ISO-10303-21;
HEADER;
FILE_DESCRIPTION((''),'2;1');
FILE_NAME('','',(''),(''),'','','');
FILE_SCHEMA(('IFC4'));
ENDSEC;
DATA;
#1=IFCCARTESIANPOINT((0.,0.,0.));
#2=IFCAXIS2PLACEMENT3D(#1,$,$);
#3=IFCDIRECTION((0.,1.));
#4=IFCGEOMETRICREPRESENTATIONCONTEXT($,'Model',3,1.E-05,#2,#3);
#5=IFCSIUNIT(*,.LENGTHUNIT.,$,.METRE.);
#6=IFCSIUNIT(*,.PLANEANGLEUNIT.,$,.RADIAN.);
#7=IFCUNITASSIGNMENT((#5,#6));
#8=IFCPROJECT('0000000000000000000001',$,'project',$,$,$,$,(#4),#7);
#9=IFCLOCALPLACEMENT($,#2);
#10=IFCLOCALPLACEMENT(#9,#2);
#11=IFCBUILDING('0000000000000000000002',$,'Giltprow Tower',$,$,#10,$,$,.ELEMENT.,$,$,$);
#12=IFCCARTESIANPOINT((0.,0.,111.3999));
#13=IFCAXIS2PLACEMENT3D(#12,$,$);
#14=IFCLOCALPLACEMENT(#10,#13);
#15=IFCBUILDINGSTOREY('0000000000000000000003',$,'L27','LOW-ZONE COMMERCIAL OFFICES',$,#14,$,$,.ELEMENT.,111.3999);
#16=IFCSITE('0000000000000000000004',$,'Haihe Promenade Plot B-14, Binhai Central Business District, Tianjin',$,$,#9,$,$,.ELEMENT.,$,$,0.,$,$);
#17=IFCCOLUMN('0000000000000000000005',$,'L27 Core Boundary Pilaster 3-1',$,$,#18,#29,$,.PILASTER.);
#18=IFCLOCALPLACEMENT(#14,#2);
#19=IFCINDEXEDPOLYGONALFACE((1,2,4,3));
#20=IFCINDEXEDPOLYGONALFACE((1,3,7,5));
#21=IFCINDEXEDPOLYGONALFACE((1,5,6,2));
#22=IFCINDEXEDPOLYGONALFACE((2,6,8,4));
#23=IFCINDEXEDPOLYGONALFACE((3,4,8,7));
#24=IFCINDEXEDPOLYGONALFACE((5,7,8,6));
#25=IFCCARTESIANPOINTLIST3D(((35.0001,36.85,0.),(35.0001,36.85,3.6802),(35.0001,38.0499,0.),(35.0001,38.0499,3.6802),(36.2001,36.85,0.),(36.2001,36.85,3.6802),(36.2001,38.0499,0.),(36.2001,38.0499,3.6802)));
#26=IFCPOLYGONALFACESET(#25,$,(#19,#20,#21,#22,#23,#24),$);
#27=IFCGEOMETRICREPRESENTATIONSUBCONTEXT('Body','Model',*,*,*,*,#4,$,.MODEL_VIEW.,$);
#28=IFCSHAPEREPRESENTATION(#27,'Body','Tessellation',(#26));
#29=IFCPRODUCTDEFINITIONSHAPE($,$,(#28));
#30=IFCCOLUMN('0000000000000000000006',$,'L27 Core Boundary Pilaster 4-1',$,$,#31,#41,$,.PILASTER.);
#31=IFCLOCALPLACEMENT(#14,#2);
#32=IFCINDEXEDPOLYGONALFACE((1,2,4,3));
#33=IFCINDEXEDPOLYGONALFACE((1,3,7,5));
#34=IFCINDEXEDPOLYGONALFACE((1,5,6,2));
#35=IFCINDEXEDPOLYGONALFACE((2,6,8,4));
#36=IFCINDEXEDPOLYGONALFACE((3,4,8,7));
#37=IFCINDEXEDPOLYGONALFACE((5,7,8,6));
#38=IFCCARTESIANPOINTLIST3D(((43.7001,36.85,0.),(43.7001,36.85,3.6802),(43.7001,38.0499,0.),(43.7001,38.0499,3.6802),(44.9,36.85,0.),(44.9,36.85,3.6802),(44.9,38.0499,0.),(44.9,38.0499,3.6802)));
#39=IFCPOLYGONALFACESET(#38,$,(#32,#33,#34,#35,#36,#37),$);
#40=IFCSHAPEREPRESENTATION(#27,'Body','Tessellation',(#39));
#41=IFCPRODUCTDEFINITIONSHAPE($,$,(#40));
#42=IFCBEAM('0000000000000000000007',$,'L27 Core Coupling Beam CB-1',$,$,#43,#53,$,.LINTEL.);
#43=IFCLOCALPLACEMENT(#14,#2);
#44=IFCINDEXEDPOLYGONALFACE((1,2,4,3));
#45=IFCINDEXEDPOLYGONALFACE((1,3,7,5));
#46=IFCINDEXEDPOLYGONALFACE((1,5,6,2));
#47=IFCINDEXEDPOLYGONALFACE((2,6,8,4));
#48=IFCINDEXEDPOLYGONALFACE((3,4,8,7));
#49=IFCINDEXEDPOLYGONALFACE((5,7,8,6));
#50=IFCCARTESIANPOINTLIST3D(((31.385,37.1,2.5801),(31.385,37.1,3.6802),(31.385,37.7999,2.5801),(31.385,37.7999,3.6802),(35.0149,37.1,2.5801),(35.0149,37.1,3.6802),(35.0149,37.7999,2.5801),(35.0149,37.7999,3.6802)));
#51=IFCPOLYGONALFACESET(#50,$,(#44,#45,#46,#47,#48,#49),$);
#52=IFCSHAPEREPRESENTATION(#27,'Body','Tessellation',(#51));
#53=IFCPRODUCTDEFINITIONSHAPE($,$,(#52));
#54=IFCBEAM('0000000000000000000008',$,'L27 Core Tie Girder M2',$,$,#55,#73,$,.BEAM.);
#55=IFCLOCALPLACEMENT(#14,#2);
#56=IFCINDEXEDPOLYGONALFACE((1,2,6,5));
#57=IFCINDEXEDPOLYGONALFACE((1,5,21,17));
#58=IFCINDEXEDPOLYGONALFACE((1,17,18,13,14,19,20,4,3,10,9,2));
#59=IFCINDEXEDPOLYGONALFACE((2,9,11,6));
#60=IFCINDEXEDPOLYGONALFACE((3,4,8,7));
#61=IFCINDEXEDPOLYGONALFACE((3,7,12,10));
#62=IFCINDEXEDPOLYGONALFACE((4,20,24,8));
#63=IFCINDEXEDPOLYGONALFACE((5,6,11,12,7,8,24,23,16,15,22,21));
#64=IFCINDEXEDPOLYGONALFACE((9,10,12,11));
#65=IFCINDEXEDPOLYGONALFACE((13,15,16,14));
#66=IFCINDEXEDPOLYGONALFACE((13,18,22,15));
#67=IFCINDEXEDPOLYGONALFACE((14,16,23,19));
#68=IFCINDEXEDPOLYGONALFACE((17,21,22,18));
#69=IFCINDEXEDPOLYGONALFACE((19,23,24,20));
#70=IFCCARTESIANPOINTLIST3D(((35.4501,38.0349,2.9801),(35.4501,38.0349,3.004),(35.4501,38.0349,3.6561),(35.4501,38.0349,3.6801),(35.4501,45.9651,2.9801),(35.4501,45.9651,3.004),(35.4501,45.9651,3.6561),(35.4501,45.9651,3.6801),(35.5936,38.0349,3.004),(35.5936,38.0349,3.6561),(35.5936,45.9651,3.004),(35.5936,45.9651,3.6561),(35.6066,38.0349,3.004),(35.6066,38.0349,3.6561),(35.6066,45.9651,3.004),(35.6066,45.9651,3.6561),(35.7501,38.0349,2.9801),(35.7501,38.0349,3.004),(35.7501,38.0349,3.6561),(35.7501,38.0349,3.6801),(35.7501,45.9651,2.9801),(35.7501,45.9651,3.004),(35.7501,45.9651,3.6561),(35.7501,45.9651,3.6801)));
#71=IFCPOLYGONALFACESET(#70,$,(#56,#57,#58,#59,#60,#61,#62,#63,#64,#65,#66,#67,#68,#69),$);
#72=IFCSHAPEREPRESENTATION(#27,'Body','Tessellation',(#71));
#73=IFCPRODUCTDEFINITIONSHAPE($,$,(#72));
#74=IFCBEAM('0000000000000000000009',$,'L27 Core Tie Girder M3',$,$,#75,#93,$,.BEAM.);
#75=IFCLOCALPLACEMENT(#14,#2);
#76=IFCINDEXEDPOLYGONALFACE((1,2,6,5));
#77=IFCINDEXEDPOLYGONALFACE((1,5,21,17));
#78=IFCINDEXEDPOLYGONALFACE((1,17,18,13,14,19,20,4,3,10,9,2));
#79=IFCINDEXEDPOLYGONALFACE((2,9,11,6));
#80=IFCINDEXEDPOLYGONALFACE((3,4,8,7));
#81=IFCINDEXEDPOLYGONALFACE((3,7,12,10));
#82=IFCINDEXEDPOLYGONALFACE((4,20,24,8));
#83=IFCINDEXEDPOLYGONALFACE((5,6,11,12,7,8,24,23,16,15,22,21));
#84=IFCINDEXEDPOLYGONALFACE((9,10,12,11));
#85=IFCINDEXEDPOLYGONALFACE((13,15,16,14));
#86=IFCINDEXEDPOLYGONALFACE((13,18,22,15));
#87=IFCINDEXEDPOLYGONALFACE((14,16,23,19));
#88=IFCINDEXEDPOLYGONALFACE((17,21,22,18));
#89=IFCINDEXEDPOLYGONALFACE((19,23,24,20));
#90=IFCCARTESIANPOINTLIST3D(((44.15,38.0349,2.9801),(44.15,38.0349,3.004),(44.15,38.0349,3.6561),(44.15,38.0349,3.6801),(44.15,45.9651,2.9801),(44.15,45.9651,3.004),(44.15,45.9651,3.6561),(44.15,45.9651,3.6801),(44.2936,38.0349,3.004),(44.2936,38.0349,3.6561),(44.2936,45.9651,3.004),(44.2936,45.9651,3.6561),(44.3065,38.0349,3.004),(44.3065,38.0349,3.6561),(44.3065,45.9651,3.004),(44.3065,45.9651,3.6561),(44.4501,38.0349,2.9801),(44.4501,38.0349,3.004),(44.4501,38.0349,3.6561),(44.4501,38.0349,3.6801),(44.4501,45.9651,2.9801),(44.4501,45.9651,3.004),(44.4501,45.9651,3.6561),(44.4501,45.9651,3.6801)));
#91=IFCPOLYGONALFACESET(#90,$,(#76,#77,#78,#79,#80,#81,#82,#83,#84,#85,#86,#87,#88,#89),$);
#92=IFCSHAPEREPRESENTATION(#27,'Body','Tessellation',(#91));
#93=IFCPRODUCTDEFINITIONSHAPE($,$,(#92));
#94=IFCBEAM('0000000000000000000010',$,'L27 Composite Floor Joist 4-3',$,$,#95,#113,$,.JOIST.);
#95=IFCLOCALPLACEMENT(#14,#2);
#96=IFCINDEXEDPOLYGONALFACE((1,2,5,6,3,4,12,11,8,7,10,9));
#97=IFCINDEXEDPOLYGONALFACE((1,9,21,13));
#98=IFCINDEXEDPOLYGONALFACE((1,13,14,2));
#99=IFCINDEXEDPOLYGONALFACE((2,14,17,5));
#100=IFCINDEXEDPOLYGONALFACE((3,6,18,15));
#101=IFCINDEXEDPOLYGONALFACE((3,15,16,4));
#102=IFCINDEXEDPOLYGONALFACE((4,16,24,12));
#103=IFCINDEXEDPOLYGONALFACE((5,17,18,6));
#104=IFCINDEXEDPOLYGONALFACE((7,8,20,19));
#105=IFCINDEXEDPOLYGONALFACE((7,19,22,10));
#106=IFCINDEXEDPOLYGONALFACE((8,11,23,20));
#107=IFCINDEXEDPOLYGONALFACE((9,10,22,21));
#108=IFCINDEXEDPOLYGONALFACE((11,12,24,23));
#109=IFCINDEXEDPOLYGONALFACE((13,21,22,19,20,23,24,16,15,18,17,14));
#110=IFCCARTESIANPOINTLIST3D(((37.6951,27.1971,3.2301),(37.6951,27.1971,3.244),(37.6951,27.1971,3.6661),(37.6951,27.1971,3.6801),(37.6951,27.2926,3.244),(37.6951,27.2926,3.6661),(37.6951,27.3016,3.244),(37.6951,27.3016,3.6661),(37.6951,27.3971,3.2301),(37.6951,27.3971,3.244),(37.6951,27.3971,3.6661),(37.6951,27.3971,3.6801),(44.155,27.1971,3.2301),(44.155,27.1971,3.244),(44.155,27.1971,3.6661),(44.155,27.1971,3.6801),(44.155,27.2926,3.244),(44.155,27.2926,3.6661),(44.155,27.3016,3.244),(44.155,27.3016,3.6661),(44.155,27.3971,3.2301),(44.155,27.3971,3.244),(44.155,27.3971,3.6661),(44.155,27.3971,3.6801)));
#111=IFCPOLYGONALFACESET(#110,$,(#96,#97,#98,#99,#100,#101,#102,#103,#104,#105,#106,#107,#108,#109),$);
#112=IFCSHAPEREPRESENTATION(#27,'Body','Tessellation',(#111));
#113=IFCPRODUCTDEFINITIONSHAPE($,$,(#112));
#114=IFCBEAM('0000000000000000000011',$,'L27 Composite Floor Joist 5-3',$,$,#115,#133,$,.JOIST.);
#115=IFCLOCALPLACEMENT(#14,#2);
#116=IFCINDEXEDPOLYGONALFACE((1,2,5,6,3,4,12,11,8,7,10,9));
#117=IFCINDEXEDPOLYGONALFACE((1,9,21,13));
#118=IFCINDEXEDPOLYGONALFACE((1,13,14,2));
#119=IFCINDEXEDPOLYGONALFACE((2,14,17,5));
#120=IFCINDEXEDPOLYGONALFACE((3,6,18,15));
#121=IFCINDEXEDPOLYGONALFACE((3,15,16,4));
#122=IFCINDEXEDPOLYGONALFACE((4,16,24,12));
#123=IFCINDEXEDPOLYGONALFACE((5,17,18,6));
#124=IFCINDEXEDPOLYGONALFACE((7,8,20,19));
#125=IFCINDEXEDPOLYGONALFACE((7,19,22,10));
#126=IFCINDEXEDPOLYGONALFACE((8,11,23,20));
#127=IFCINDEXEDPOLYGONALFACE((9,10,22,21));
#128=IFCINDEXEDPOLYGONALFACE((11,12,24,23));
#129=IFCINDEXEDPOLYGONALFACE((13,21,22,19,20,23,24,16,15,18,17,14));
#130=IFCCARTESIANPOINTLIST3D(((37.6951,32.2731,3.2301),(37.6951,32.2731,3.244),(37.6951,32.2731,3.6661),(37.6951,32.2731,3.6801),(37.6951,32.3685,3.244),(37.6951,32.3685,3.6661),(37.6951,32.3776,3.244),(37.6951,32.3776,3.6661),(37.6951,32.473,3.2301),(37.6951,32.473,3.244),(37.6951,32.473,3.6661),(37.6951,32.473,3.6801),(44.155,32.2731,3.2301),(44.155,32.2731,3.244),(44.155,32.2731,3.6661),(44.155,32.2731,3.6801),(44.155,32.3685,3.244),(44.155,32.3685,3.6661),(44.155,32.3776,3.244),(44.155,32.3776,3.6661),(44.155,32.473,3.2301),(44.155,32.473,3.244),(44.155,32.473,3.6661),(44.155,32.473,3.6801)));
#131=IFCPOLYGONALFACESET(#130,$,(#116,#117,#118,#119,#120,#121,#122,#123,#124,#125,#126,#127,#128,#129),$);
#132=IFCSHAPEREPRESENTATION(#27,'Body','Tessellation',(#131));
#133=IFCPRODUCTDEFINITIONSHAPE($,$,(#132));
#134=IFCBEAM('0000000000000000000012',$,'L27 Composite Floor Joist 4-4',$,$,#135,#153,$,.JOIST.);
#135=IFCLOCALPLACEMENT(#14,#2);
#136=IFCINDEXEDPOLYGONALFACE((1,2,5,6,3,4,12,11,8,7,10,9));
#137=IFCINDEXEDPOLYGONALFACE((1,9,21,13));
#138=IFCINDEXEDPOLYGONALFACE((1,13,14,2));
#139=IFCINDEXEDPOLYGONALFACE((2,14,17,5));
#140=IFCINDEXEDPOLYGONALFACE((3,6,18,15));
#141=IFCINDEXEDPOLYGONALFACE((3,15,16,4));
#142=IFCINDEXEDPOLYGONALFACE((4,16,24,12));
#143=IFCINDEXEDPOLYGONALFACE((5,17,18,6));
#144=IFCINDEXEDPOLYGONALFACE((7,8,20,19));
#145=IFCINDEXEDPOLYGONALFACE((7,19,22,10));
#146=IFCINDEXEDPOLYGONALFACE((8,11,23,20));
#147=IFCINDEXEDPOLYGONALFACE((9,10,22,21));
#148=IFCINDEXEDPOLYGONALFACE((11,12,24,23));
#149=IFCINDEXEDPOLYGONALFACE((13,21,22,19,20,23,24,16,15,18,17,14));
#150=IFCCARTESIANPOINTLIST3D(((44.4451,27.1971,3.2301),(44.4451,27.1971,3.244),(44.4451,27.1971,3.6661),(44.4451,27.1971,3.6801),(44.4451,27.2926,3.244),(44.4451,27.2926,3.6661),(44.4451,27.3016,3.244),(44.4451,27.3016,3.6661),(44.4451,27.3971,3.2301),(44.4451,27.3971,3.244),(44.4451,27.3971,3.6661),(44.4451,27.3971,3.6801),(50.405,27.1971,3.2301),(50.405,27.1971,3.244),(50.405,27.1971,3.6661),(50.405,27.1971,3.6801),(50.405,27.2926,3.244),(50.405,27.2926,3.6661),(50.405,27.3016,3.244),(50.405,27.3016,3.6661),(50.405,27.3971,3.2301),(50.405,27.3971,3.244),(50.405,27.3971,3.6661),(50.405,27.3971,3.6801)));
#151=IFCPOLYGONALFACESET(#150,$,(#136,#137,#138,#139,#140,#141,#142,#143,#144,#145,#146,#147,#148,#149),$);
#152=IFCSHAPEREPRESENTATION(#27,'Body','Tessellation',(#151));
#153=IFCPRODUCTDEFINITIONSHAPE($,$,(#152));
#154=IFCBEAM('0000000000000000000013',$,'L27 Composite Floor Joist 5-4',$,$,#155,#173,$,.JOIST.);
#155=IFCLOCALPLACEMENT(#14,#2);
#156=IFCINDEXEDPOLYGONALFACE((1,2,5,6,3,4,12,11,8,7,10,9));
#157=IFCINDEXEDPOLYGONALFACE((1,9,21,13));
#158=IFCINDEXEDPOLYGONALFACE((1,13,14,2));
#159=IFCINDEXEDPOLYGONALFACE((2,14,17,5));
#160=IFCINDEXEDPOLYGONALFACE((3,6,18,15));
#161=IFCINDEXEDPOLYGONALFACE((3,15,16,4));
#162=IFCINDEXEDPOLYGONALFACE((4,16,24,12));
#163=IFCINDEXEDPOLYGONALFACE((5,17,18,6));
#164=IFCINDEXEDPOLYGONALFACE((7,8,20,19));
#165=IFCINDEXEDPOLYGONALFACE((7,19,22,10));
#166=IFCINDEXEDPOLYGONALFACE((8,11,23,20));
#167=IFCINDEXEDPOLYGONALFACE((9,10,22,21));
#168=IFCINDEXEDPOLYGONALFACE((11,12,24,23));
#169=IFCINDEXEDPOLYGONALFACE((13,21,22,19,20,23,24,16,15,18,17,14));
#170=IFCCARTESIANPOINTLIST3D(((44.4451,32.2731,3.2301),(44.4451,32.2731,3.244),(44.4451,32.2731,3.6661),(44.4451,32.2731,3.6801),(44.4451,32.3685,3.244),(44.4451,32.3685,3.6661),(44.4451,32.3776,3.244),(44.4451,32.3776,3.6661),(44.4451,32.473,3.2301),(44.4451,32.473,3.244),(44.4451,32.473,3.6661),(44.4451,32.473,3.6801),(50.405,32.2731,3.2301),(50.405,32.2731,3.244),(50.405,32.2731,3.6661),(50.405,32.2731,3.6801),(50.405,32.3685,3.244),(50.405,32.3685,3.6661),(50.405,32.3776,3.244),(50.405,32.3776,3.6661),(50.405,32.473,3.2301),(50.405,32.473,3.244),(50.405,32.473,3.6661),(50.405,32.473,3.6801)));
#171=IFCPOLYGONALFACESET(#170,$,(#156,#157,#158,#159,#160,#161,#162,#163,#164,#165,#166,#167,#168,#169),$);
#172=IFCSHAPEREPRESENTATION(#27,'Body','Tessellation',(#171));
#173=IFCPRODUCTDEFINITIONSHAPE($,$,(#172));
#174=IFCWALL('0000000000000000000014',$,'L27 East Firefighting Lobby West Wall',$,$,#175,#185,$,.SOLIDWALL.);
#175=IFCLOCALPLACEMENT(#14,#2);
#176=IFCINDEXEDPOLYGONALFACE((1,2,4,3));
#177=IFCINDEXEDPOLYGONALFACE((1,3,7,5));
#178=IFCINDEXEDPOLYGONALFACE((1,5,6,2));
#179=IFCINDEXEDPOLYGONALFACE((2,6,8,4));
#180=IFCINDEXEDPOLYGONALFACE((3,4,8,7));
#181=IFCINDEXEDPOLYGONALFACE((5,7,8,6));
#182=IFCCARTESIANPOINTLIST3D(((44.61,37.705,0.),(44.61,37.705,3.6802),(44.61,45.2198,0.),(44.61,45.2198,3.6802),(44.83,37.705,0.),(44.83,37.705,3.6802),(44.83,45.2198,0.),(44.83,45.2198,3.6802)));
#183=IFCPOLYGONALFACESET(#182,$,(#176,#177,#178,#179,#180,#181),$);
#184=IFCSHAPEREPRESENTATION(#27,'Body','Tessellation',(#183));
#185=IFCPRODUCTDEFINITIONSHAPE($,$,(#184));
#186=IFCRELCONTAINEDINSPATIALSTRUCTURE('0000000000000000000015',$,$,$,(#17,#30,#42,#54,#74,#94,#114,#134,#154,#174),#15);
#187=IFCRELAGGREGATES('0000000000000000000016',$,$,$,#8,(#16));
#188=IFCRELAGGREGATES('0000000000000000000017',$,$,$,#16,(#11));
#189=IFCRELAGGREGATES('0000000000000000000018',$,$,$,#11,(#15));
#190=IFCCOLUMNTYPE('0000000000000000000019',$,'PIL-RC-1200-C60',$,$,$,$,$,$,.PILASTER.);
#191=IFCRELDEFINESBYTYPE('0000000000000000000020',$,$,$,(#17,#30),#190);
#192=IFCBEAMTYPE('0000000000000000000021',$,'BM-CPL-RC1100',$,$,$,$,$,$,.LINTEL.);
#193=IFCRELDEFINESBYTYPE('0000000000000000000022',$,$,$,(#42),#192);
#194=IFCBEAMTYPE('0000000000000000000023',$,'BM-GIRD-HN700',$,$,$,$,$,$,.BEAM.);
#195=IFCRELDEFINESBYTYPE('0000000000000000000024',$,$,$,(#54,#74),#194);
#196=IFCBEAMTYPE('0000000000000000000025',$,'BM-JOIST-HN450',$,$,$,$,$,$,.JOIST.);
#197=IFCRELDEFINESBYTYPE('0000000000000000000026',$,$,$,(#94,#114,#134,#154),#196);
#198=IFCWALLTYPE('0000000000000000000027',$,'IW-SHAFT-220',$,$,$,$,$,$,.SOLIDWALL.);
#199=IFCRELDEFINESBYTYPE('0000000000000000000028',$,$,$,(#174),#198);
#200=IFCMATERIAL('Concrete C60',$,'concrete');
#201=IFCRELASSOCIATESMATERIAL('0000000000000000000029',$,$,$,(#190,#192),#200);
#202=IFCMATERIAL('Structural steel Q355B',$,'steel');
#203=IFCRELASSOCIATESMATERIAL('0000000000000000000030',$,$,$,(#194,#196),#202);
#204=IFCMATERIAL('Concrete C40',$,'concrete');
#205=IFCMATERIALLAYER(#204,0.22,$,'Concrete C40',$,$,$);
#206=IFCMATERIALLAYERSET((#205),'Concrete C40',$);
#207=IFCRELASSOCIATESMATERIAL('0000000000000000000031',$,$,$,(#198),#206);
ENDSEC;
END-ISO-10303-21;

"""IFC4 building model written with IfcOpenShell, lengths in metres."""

from ifc_helpers import new_model, si_unit, direction, frame, frame_2d, origin, origin_2d, place, context, subcontext, project, spatial, rectangle, i_section, extrude, source, transform, mapped, material, layer, layer_set, material_profile, profile_set, type_object, element, save


model = new_model("IFC4")

# Units and contexts
model_context = context("Model", 3, precision=1e-05, world=origin(), true_north=direction((0.0, 1.0)))
body_context = subcontext(model_context, "Body", "Model", "MODEL_VIEW")
ifc_project = project(units=[si_unit("LENGTHUNIT", "METRE"), si_unit("PLANEANGLEUNIT", "RADIAN")], contexts=[model_context])

# Site, building, storey
site_placement = place(None, origin())
site = spatial("IfcSite", under=ifc_project, at=site_placement, Name="Haihe Promenade Plot B-14, Binhai Central Business District, Tianjin", CompositionType="ELEMENT", RefElevation=0.0)
building_placement = place(site_placement, origin())
building = spatial("IfcBuilding", under=site, at=building_placement, Name="Giltprow Tower", CompositionType="ELEMENT")
storey_placement = place(building_placement, frame((0.0, 0.0, 111.3999)))
storey = spatial("IfcBuildingStorey", under=building, at=storey_placement, Name="L27", Description="LOW-ZONE COMMERCIAL OFFICES", CompositionType="ELEMENT", Elevation=111.3999)

# Columns
ifc_material_1 = material(Name="Concrete C60", Category="concrete")
ifc_material_profile_1 = material_profile(ifc_material_1, rectangle(XDim=1.2, YDim=1.2, at=origin_2d()), Name="RC 1200x1200")
ifc_profile_set_1 = profile_set([ifc_material_profile_1], Name="Concrete C60")
column_type = type_object("IfcColumnType", Name="PIL-RC-1200-C60", PredefinedType="PILASTER", material=ifc_profile_set_1)
shared_shape_1 = source(origin(), body_context, "Body", "SweptSolid", [
    extrude(rectangle(XDim=1.2, YDim=1.2, at=origin_2d()), origin(), (0.0, 0.0, 1.0), 3.6802),
])
for number, where, z_axis, x_axis, name in (
    (1, (35.6001, 37.45, 0.0), (0.0, 0.0, 1.0), (1.0, 0.0, 0.0), "L27 Core Boundary Pilaster 3-1"),
    (2, (44.3, 37.45, 0.0), (0.0, 0.0, 1.0), (1.0, 0.0, 0.0), "L27 Core Boundary Pilaster 4-1"),
):
    element("IfcColumn", number, at=place(storey_placement, frame(where, z_axis=z_axis, x_axis=x_axis)), inside=storey, type_object=column_type, Name=name, PredefinedType="PILASTER", context=body_context, shape_type="MappedRepresentation", body=[
        mapped(shared_shape_1, transform((0.0, 0.0, 0.0), x_axis=(1.0, 0.0, 0.0), y_axis=(0.0, 1.0, 0.0), z_axis=(0.0, 0.0, 1.0), scale=1.0)),
    ])

# Beams
ifc_material_profile_2 = material_profile(ifc_material_1, rectangle(XDim=0.7, YDim=1.1001, at=origin_2d()), Name="RC 1100x700")
ifc_profile_set_2 = profile_set([ifc_material_profile_2], Name="Concrete C60")
beam_type_1 = type_object("IfcBeamType", Name="BM-CPL-RC1100", PredefinedType="LINTEL", material=ifc_profile_set_2)
shared_shape_2 = source(origin(), body_context, "Body", "SweptSolid", [
    extrude(rectangle(XDim=0.7, YDim=1.1001, at=origin_2d()), origin(), (0.0, 0.0, 1.0), 3.6299),
])
beam_placement = place(storey_placement, frame((31.385, 37.45, 3.1301), z_axis=(1.0, 0.0, 0.0), x_axis=(0.0, 1.0, 0.0)))
element("IfcBeam", 3, at=beam_placement, inside=storey, type_object=beam_type_1, Name="L27 Core Coupling Beam CB-1", PredefinedType="LINTEL", context=body_context, shape_type="MappedRepresentation", body=[
    mapped(shared_shape_2, transform((0.0, 0.0, 0.0), x_axis=(1.0, 0.0, 0.0), y_axis=(0.0, 1.0, 0.0), z_axis=(0.0, 0.0, 1.0), scale=1.0)),
])
ifc_material_2 = material(Name="Structural steel Q355B", Category="steel")
ifc_material_profile_3 = material_profile(ifc_material_2, i_section(OverallWidth=0.3, OverallDepth=0.7, WebThickness=0.0129, FlangeThickness=0.0239, at=origin_2d()), Name="HN 700x300x13x24")
ifc_profile_set_3 = profile_set([ifc_material_profile_3], Name="Structural steel Q355B")
beam_type_2 = type_object("IfcBeamType", Name="BM-GIRD-HN700", PredefinedType="BEAM", material=ifc_profile_set_3)
shared_shape_3 = source(origin(), body_context, "Body", "SweptSolid", [
    extrude(i_section(OverallWidth=0.3, OverallDepth=0.7, WebThickness=0.0129, FlangeThickness=0.0239, at=origin_2d()), origin(), (0.0, 0.0, 1.0), 7.9302),
])
for number, where, z_axis, x_axis, name in (
    (4, (35.6001, 38.0349, 3.3301), (0.0, 1.0, 0.0), (-1.0, 0.0, 0.0), "L27 Core Tie Girder M2"),
    (5, (44.3, 38.0349, 3.3301), (0.0, 1.0, 0.0), (-1.0, 0.0, 0.0), "L27 Core Tie Girder M3"),
):
    element("IfcBeam", number, at=place(storey_placement, frame(where, z_axis=z_axis, x_axis=x_axis)), inside=storey, type_object=beam_type_2, Name=name, PredefinedType="BEAM", context=body_context, shape_type="MappedRepresentation", body=[
        mapped(shared_shape_3, transform((0.0, 0.0, 0.0), x_axis=(1.0, 0.0, 0.0), y_axis=(0.0, 1.0, 0.0), z_axis=(0.0, 0.0, 1.0), scale=1.0)),
    ])
ifc_material_profile_4 = material_profile(ifc_material_2, i_section(OverallWidth=0.2, OverallDepth=0.45, WebThickness=0.009, FlangeThickness=0.0139, at=origin_2d()), Name="HN 450x200x9x14")
ifc_profile_set_4 = profile_set([ifc_material_profile_4], Name="Structural steel Q355B")
beam_type_3 = type_object("IfcBeamType", Name="BM-JOIST-HN450", PredefinedType="JOIST", material=ifc_profile_set_4)
shared_shape_4 = source(origin(), body_context, "Body", "SweptSolid", [
    extrude(i_section(OverallWidth=0.2, OverallDepth=0.45, WebThickness=0.009, FlangeThickness=0.0139, at=origin_2d()), origin(), (0.0, 0.0, 1.0), 6.46),
])
for number, where, z_axis, x_axis, name in (
    (6, (37.6951, 27.2971, 3.4551), (1.0, 0.0, 0.0), (0.0, 1.0, 0.0), "L27 Composite Floor Joist 4-3"),
    (7, (37.6951, 32.373, 3.4551), (1.0, 0.0, 0.0), (0.0, 1.0, 0.0), "L27 Composite Floor Joist 5-3"),
):
    element("IfcBeam", number, at=place(storey_placement, frame(where, z_axis=z_axis, x_axis=x_axis)), inside=storey, type_object=beam_type_3, Name=name, PredefinedType="JOIST", context=body_context, shape_type="MappedRepresentation", body=[
        mapped(shared_shape_4, transform((0.0, 0.0, 0.0), x_axis=(1.0, 0.0, 0.0), y_axis=(0.0, 1.0, 0.0), z_axis=(0.0, 0.0, 1.0), scale=1.0)),
    ])
shared_shape_5 = source(origin(), body_context, "Body", "SweptSolid", [
    extrude(i_section(OverallWidth=0.2, OverallDepth=0.45, WebThickness=0.009, FlangeThickness=0.0139, at=origin_2d()), origin(), (0.0, 0.0, 1.0), 5.96),
])
for number, where, z_axis, x_axis, name in (
    (8, (44.4451, 27.2971, 3.4551), (1.0, 0.0, 0.0), (0.0, 1.0, 0.0), "L27 Composite Floor Joist 4-4"),
    (9, (44.4451, 32.373, 3.4551), (1.0, 0.0, 0.0), (0.0, 1.0, 0.0), "L27 Composite Floor Joist 5-4"),
):
    element("IfcBeam", number, at=place(storey_placement, frame(where, z_axis=z_axis, x_axis=x_axis)), inside=storey, type_object=beam_type_3, Name=name, PredefinedType="JOIST", context=body_context, shape_type="MappedRepresentation", body=[
        mapped(shared_shape_5, transform((0.0, 0.0, 0.0), x_axis=(1.0, 0.0, 0.0), y_axis=(0.0, 1.0, 0.0), z_axis=(0.0, 0.0, 1.0), scale=1.0)),
    ])

# Wall
ifc_material_3 = material(Name="Concrete C40", Category="concrete")
ifc_layer_1 = layer(ifc_material_3, 0.22, Name="Concrete C40")
ifc_layer_set_1 = layer_set([ifc_layer_1], Name="Concrete C40")
wall_type_1 = type_object("IfcWallType", Name="IW-SHAFT-220", PredefinedType="SOLIDWALL", material=ifc_layer_set_1)
wall_1_placement = place(storey_placement, frame((44.72, 37.7051, 0.0), z_axis=(0.0, 0.0, 1.0), x_axis=(0.0, 1.0, 0.0)))
element("IfcWall", 10, at=wall_1_placement, inside=storey, type_object=wall_type_1, Name="L27 East Firefighting Lobby West Wall", PredefinedType="SOLIDWALL", context=body_context, shape_type="SweptSolid", body=[
    extrude(rectangle(XDim=7.5149, YDim=0.22, at=frame_2d((3.7573, 0.0))), origin(), (0.0, 0.0, 1.0), 3.6802),
])

save(model, "model.ifc")
